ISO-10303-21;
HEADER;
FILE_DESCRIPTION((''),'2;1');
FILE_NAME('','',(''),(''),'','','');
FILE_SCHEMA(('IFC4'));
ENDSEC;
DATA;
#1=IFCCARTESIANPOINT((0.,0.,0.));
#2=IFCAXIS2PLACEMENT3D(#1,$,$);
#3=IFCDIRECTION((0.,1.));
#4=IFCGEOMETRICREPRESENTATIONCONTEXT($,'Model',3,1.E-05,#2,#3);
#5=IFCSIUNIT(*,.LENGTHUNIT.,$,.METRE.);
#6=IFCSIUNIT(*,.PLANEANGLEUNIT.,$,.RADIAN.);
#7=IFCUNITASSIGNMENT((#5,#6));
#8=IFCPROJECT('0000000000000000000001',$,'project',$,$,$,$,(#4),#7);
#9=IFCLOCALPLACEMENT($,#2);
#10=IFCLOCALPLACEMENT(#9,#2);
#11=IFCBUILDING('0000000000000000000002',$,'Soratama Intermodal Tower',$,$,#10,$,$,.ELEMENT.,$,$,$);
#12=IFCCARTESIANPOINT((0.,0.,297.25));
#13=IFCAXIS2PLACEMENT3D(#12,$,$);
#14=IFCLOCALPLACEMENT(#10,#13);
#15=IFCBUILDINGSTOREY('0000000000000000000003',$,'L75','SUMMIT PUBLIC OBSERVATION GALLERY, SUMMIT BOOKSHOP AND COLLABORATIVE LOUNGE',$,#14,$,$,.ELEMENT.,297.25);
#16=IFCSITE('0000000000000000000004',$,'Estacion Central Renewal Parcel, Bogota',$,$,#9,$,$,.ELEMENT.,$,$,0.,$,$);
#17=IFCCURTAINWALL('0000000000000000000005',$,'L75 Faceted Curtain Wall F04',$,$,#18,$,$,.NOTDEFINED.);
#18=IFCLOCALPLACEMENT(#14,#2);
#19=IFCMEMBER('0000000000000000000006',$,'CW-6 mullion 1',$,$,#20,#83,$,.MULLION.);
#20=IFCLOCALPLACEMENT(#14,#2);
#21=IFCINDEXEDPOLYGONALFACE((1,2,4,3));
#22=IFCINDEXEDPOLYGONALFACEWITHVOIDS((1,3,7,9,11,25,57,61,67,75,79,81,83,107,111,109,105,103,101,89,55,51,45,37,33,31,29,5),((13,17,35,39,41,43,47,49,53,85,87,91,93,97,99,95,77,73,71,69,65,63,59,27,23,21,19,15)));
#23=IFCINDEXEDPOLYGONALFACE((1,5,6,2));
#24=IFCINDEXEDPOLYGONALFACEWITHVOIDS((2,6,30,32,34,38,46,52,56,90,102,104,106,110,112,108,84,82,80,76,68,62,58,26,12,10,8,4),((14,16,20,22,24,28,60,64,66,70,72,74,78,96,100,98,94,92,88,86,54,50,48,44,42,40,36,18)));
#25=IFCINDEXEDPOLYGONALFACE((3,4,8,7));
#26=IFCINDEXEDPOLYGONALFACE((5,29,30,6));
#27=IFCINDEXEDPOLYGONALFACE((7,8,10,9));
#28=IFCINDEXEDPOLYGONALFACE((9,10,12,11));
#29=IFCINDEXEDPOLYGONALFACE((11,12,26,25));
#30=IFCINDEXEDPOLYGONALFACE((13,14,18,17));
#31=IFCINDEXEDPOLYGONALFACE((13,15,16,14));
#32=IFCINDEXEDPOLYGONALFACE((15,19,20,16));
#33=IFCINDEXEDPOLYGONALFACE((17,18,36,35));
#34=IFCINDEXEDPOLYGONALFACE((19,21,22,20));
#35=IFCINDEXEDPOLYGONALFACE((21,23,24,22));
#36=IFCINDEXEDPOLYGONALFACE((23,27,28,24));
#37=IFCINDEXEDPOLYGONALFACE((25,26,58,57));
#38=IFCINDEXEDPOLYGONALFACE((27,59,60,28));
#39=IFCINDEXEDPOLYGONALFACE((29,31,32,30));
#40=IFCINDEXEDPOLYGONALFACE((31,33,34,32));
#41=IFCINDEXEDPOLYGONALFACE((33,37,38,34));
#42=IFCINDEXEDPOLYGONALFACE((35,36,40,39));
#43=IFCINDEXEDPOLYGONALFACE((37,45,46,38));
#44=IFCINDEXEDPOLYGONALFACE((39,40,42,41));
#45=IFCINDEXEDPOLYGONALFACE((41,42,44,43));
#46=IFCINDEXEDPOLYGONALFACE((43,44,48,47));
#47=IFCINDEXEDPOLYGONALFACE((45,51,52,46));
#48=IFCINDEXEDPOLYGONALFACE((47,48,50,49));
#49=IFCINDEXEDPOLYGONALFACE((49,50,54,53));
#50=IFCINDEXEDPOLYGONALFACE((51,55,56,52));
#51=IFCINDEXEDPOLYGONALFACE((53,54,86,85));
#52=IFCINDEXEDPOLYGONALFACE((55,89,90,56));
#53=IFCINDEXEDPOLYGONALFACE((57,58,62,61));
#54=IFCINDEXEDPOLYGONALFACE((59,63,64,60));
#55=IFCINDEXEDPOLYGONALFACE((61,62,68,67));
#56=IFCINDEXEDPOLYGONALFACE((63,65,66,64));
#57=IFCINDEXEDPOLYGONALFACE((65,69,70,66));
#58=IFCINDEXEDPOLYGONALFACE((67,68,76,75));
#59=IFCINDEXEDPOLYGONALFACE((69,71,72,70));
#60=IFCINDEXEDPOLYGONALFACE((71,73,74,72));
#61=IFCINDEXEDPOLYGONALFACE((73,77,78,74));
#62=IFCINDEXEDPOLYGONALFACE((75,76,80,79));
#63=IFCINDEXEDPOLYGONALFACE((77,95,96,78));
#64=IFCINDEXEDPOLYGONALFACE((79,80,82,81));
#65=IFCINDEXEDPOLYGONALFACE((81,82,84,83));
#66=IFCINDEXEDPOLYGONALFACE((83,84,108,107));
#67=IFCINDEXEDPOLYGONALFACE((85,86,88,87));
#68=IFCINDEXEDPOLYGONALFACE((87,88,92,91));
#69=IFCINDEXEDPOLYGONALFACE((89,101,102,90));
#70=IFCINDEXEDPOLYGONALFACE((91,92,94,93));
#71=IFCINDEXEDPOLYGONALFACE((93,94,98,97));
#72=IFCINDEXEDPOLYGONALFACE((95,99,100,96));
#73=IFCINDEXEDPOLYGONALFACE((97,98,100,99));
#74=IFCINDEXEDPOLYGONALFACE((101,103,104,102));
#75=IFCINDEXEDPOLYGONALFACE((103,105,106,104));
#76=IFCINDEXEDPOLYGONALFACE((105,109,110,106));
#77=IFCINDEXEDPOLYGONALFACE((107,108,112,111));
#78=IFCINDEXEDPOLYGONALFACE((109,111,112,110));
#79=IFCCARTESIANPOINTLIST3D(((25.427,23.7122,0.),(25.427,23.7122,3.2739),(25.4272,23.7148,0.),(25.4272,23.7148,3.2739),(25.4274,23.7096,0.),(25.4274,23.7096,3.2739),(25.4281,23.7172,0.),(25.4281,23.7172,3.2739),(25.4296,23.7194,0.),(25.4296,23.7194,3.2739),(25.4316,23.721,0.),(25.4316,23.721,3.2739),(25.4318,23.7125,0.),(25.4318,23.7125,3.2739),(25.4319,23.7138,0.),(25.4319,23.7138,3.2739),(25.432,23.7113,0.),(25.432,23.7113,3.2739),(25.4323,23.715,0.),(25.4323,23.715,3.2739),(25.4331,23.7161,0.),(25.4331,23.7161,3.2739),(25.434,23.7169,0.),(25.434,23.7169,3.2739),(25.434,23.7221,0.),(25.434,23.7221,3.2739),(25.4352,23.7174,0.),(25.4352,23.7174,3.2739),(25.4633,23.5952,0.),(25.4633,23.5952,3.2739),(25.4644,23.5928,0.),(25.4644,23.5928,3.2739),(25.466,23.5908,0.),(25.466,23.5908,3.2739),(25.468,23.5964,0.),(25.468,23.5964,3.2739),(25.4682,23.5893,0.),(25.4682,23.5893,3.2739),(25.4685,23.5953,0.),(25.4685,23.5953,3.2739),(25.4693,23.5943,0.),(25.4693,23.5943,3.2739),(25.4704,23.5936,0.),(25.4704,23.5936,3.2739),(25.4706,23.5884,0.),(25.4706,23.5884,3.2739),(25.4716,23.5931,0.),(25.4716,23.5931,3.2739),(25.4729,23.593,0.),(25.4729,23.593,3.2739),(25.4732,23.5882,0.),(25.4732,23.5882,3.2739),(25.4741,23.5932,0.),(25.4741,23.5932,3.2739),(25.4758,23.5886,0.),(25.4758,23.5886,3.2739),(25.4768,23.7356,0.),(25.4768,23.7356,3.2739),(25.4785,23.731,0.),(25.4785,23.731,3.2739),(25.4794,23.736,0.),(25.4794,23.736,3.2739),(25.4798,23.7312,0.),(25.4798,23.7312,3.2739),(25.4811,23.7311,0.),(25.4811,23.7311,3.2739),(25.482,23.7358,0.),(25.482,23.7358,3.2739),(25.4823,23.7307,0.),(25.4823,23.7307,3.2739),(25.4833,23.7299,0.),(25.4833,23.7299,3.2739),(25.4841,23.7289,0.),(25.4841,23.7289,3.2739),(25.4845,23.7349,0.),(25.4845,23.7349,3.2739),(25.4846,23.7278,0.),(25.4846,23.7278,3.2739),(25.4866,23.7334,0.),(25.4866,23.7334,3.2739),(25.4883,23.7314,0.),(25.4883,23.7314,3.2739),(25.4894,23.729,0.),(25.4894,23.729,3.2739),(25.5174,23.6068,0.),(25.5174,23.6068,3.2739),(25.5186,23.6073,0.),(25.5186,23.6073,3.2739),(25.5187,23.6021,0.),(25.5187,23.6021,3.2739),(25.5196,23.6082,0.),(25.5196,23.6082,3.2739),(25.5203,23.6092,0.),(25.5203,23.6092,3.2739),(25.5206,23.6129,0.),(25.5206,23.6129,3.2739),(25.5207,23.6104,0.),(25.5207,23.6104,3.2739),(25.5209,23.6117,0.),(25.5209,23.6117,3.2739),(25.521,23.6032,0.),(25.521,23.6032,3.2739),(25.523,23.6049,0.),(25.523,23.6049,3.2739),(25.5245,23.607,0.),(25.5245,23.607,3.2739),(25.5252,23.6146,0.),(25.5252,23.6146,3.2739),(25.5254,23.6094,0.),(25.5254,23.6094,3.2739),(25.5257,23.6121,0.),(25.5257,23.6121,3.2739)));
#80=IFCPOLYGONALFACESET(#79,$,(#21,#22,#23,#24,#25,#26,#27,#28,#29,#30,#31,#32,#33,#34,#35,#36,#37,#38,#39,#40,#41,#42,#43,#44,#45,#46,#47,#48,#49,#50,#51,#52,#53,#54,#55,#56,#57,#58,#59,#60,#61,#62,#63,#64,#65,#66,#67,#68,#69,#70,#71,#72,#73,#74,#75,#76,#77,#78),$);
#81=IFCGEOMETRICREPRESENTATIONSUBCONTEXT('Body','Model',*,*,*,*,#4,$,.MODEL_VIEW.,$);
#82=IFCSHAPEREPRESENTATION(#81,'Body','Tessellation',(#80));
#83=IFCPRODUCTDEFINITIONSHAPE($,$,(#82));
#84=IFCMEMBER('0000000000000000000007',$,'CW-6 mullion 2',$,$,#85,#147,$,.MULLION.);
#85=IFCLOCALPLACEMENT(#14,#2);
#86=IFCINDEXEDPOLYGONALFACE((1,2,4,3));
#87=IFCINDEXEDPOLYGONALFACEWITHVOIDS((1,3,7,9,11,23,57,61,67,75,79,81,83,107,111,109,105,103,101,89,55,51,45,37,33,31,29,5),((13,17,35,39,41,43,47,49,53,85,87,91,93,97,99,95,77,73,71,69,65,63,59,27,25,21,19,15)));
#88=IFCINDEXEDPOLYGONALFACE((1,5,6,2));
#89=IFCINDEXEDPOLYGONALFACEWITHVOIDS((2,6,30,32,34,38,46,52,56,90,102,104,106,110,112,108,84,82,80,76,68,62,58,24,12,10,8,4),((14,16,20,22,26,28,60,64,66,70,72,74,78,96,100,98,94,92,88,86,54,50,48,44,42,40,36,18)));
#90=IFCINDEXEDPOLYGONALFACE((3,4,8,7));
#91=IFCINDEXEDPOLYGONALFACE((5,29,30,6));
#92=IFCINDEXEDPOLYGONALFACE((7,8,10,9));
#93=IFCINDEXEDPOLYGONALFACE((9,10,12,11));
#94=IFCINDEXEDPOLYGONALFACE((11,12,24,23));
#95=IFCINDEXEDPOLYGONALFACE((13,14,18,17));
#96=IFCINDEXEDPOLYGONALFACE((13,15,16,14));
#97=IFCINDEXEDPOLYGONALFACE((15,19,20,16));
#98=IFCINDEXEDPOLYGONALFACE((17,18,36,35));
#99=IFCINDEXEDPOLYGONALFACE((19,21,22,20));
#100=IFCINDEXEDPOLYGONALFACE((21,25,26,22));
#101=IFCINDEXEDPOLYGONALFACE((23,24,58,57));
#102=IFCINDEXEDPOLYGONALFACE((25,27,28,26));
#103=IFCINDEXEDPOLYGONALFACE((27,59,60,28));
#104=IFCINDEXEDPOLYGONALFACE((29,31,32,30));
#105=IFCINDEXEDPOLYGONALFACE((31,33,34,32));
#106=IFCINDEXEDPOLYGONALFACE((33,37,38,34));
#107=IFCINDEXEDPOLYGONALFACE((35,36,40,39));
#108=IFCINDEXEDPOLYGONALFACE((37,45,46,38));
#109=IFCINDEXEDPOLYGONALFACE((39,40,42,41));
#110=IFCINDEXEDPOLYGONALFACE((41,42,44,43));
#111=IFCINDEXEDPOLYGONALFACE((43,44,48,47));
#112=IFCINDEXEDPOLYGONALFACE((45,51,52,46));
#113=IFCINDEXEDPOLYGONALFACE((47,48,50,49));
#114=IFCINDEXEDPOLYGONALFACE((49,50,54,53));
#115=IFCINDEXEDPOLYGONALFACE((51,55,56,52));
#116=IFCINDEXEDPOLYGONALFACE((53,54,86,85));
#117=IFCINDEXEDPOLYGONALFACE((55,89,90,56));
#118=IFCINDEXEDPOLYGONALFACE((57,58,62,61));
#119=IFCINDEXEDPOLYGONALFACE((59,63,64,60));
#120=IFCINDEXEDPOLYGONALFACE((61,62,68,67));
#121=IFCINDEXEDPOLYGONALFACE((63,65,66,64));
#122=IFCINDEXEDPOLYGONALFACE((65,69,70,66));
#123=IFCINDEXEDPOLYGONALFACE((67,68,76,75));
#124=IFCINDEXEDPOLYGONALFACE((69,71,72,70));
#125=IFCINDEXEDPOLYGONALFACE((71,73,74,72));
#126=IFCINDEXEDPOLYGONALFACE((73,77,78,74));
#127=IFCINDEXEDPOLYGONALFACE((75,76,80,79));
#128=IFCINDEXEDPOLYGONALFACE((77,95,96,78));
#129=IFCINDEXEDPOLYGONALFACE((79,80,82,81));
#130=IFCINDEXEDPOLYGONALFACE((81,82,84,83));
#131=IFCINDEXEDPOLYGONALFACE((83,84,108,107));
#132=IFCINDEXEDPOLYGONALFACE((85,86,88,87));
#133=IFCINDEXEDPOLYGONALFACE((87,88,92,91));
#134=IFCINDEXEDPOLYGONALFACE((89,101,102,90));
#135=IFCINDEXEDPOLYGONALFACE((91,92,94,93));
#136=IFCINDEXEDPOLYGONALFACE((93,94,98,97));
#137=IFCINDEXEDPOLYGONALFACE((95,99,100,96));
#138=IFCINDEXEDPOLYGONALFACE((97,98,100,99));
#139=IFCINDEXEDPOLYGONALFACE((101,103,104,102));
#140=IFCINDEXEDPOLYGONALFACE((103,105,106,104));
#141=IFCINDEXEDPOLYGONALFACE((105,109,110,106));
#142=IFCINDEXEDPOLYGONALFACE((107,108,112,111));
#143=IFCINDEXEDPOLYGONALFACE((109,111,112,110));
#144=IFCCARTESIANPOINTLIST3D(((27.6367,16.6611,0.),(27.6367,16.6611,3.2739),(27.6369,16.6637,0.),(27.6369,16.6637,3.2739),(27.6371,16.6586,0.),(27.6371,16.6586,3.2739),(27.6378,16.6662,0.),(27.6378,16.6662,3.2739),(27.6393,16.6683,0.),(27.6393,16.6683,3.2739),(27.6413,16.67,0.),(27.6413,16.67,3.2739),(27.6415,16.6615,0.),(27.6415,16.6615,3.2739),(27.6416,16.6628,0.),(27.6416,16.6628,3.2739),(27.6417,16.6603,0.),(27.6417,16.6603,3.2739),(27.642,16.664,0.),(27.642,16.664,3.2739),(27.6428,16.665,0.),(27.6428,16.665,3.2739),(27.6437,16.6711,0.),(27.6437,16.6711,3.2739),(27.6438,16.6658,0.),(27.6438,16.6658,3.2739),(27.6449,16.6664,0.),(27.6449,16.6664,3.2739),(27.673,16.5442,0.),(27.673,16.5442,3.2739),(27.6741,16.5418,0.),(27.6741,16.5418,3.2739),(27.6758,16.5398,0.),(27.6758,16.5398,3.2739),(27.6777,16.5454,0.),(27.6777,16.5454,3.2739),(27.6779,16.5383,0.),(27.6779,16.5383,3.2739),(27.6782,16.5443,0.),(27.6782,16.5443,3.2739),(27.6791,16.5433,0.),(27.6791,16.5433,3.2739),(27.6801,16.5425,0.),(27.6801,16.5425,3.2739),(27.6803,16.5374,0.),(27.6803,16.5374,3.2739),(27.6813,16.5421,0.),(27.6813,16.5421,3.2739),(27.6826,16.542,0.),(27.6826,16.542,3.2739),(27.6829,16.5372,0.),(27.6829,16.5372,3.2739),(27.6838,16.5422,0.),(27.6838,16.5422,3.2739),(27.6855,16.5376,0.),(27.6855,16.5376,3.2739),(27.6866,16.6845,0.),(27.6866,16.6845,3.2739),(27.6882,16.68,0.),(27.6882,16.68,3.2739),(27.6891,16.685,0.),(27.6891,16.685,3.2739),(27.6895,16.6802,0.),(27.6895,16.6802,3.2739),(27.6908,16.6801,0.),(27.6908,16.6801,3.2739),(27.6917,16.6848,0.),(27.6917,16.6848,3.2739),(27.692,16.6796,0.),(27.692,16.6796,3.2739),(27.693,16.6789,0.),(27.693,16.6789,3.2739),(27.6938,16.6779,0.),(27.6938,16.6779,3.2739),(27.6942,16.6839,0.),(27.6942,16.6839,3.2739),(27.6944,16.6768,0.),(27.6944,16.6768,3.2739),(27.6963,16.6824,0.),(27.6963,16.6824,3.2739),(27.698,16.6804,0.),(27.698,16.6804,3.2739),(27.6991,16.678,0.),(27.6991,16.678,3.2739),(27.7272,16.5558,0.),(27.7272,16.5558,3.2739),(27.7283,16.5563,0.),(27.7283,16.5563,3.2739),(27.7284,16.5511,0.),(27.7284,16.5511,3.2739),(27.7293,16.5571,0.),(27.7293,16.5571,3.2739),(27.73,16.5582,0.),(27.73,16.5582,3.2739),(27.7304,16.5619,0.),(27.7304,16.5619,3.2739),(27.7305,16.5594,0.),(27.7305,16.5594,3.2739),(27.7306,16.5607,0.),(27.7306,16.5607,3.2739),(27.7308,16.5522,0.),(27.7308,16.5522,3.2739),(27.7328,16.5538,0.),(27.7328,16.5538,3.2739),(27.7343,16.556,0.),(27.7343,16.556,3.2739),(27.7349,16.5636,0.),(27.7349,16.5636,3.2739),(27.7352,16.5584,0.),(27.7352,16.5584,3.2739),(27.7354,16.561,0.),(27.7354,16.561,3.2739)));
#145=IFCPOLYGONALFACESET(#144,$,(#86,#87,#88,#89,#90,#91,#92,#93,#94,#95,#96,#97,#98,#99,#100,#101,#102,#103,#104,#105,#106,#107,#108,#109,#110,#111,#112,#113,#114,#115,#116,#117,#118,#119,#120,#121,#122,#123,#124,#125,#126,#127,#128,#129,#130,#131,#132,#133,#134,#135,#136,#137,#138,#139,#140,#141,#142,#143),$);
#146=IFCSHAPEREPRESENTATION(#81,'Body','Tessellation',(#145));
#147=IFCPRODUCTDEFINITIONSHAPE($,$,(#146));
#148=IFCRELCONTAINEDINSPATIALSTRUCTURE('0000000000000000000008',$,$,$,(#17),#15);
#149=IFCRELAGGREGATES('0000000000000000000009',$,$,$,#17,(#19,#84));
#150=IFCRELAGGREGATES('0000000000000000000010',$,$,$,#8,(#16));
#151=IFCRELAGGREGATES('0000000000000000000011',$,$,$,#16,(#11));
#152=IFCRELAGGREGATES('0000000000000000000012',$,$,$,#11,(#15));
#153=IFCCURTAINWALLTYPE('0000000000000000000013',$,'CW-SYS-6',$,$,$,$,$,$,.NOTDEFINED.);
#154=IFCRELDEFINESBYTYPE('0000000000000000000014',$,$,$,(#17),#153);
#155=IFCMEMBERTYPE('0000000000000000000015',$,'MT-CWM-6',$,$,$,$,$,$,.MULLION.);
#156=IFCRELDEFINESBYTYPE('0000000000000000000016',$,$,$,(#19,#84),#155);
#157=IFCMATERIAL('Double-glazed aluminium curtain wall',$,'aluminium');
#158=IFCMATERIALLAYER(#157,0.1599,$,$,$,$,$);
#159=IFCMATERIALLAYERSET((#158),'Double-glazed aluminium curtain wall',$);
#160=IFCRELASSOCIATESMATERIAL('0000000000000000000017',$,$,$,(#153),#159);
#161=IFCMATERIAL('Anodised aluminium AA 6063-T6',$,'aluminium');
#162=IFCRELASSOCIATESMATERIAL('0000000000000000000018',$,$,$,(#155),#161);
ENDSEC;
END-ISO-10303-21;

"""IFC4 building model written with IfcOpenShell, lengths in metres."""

from ifc_helpers import new_model, si_unit, direction, frame, origin, origin_2d, place, context, subcontext, project, spatial, hollow_rectangle, extrude, material, layer, layer_set, material_profile, profile_set, type_object, element, aggregate, save


model = new_model("IFC4")

# Units and contexts
model_context = context("Model", 3, precision=1e-05, world=origin(), true_north=direction((0.0, 1.0)))
body_context = subcontext(model_context, "Body", "Model", "MODEL_VIEW")
ifc_project = project(units=[si_unit("LENGTHUNIT", "METRE"), si_unit("PLANEANGLEUNIT", "RADIAN")], contexts=[model_context])

# Site, building, storey
site_placement = place(None, origin())
site = spatial("IfcSite", under=ifc_project, at=site_placement, Name="Estacion Central Renewal Parcel, Bogota", CompositionType="ELEMENT", RefElevation=0.0)
building_placement = place(site_placement, origin())
building = spatial("IfcBuilding", under=site, at=building_placement, Name="Soratama Intermodal Tower", CompositionType="ELEMENT")
storey_placement = place(building_placement, frame((0.0, 0.0, 297.25)))
storey = spatial("IfcBuildingStorey", under=building, at=storey_placement, Name="L75", Description="SUMMIT PUBLIC OBSERVATION GALLERY, SUMMIT BOOKSHOP AND COLLABORATIVE LOUNGE", CompositionType="ELEMENT", Elevation=297.25)

# Curtain wall, members
ifc_material_1 = material(Name="Double-glazed aluminium curtain wall", Category="aluminium")
ifc_layer_1 = layer(ifc_material_1, 0.1599)
ifc_layer_set_1 = layer_set([ifc_layer_1], Name="Double-glazed aluminium curtain wall")
curtain_wall_type = type_object("IfcCurtainWallType", Name="CW-SYS-6", PredefinedType="NOTDEFINED", material=ifc_layer_set_1)
curtain_wall_1_placement = place(storey_placement, origin())
curtain_wall_1 = element("IfcCurtainWall", 1, at=curtain_wall_1_placement, inside=storey, type_object=curtain_wall_type, Name="L75 Faceted Curtain Wall F04", PredefinedType="NOTDEFINED")
ifc_material_2 = material(Name="Anodised aluminium AA 6063-T6", Category="aluminium")
ifc_material_profile_1 = material_profile(ifc_material_2, hollow_rectangle(XDim=0.0649, YDim=0.1399, WallThickness=0.0049, InnerFilletRadius=0.0049, OuterFilletRadius=0.01, at=origin_2d()), Name="CWM140X65X5")
ifc_profile_set_1 = profile_set([ifc_material_profile_1], Name="Anodised aluminium AA 6063-T6")
member_type_1 = type_object("IfcMemberType", Name="MT-CWM-6", PredefinedType="MULLION", material=ifc_profile_set_1)
member_1_placement = place(storey_placement, frame((25.4763, 23.6621, 0.0), z_axis=(0.0, 0.0, 1.0), x_axis=(0.954241, 0.29904, 0.0)))
member_1 = element("IfcMember", 2, at=member_1_placement, type_object=member_type_1, Name="CW-6 mullion 1", PredefinedType="MULLION", context=body_context, shape_type="SweptSolid", body=[
    extrude(hollow_rectangle(XDim=0.0649, YDim=0.1399, WallThickness=0.0049, InnerFilletRadius=0.0049, OuterFilletRadius=0.01, at=origin_2d()), origin(), (0.0, 0.0, 1.0), 3.2739),
])
member_2_placement = place(storey_placement, frame((27.686, 16.6111, 0.0), z_axis=(0.0, 0.0, 1.0), x_axis=(0.954241, 0.29904, 0.0)))
member_2 = element("IfcMember", 3, at=member_2_placement, type_object=member_type_1, Name="CW-6 mullion 2", PredefinedType="MULLION", context=body_context, shape_type="SweptSolid", body=[
    extrude(hollow_rectangle(XDim=0.0649, YDim=0.1399, WallThickness=0.0049, InnerFilletRadius=0.0049, OuterFilletRadius=0.01, at=origin_2d()), origin(), (0.0, 0.0, 1.0), 3.2739),
])

aggregate(curtain_wall_1, [member_1, member_2])

save(model, "model.ifc")
